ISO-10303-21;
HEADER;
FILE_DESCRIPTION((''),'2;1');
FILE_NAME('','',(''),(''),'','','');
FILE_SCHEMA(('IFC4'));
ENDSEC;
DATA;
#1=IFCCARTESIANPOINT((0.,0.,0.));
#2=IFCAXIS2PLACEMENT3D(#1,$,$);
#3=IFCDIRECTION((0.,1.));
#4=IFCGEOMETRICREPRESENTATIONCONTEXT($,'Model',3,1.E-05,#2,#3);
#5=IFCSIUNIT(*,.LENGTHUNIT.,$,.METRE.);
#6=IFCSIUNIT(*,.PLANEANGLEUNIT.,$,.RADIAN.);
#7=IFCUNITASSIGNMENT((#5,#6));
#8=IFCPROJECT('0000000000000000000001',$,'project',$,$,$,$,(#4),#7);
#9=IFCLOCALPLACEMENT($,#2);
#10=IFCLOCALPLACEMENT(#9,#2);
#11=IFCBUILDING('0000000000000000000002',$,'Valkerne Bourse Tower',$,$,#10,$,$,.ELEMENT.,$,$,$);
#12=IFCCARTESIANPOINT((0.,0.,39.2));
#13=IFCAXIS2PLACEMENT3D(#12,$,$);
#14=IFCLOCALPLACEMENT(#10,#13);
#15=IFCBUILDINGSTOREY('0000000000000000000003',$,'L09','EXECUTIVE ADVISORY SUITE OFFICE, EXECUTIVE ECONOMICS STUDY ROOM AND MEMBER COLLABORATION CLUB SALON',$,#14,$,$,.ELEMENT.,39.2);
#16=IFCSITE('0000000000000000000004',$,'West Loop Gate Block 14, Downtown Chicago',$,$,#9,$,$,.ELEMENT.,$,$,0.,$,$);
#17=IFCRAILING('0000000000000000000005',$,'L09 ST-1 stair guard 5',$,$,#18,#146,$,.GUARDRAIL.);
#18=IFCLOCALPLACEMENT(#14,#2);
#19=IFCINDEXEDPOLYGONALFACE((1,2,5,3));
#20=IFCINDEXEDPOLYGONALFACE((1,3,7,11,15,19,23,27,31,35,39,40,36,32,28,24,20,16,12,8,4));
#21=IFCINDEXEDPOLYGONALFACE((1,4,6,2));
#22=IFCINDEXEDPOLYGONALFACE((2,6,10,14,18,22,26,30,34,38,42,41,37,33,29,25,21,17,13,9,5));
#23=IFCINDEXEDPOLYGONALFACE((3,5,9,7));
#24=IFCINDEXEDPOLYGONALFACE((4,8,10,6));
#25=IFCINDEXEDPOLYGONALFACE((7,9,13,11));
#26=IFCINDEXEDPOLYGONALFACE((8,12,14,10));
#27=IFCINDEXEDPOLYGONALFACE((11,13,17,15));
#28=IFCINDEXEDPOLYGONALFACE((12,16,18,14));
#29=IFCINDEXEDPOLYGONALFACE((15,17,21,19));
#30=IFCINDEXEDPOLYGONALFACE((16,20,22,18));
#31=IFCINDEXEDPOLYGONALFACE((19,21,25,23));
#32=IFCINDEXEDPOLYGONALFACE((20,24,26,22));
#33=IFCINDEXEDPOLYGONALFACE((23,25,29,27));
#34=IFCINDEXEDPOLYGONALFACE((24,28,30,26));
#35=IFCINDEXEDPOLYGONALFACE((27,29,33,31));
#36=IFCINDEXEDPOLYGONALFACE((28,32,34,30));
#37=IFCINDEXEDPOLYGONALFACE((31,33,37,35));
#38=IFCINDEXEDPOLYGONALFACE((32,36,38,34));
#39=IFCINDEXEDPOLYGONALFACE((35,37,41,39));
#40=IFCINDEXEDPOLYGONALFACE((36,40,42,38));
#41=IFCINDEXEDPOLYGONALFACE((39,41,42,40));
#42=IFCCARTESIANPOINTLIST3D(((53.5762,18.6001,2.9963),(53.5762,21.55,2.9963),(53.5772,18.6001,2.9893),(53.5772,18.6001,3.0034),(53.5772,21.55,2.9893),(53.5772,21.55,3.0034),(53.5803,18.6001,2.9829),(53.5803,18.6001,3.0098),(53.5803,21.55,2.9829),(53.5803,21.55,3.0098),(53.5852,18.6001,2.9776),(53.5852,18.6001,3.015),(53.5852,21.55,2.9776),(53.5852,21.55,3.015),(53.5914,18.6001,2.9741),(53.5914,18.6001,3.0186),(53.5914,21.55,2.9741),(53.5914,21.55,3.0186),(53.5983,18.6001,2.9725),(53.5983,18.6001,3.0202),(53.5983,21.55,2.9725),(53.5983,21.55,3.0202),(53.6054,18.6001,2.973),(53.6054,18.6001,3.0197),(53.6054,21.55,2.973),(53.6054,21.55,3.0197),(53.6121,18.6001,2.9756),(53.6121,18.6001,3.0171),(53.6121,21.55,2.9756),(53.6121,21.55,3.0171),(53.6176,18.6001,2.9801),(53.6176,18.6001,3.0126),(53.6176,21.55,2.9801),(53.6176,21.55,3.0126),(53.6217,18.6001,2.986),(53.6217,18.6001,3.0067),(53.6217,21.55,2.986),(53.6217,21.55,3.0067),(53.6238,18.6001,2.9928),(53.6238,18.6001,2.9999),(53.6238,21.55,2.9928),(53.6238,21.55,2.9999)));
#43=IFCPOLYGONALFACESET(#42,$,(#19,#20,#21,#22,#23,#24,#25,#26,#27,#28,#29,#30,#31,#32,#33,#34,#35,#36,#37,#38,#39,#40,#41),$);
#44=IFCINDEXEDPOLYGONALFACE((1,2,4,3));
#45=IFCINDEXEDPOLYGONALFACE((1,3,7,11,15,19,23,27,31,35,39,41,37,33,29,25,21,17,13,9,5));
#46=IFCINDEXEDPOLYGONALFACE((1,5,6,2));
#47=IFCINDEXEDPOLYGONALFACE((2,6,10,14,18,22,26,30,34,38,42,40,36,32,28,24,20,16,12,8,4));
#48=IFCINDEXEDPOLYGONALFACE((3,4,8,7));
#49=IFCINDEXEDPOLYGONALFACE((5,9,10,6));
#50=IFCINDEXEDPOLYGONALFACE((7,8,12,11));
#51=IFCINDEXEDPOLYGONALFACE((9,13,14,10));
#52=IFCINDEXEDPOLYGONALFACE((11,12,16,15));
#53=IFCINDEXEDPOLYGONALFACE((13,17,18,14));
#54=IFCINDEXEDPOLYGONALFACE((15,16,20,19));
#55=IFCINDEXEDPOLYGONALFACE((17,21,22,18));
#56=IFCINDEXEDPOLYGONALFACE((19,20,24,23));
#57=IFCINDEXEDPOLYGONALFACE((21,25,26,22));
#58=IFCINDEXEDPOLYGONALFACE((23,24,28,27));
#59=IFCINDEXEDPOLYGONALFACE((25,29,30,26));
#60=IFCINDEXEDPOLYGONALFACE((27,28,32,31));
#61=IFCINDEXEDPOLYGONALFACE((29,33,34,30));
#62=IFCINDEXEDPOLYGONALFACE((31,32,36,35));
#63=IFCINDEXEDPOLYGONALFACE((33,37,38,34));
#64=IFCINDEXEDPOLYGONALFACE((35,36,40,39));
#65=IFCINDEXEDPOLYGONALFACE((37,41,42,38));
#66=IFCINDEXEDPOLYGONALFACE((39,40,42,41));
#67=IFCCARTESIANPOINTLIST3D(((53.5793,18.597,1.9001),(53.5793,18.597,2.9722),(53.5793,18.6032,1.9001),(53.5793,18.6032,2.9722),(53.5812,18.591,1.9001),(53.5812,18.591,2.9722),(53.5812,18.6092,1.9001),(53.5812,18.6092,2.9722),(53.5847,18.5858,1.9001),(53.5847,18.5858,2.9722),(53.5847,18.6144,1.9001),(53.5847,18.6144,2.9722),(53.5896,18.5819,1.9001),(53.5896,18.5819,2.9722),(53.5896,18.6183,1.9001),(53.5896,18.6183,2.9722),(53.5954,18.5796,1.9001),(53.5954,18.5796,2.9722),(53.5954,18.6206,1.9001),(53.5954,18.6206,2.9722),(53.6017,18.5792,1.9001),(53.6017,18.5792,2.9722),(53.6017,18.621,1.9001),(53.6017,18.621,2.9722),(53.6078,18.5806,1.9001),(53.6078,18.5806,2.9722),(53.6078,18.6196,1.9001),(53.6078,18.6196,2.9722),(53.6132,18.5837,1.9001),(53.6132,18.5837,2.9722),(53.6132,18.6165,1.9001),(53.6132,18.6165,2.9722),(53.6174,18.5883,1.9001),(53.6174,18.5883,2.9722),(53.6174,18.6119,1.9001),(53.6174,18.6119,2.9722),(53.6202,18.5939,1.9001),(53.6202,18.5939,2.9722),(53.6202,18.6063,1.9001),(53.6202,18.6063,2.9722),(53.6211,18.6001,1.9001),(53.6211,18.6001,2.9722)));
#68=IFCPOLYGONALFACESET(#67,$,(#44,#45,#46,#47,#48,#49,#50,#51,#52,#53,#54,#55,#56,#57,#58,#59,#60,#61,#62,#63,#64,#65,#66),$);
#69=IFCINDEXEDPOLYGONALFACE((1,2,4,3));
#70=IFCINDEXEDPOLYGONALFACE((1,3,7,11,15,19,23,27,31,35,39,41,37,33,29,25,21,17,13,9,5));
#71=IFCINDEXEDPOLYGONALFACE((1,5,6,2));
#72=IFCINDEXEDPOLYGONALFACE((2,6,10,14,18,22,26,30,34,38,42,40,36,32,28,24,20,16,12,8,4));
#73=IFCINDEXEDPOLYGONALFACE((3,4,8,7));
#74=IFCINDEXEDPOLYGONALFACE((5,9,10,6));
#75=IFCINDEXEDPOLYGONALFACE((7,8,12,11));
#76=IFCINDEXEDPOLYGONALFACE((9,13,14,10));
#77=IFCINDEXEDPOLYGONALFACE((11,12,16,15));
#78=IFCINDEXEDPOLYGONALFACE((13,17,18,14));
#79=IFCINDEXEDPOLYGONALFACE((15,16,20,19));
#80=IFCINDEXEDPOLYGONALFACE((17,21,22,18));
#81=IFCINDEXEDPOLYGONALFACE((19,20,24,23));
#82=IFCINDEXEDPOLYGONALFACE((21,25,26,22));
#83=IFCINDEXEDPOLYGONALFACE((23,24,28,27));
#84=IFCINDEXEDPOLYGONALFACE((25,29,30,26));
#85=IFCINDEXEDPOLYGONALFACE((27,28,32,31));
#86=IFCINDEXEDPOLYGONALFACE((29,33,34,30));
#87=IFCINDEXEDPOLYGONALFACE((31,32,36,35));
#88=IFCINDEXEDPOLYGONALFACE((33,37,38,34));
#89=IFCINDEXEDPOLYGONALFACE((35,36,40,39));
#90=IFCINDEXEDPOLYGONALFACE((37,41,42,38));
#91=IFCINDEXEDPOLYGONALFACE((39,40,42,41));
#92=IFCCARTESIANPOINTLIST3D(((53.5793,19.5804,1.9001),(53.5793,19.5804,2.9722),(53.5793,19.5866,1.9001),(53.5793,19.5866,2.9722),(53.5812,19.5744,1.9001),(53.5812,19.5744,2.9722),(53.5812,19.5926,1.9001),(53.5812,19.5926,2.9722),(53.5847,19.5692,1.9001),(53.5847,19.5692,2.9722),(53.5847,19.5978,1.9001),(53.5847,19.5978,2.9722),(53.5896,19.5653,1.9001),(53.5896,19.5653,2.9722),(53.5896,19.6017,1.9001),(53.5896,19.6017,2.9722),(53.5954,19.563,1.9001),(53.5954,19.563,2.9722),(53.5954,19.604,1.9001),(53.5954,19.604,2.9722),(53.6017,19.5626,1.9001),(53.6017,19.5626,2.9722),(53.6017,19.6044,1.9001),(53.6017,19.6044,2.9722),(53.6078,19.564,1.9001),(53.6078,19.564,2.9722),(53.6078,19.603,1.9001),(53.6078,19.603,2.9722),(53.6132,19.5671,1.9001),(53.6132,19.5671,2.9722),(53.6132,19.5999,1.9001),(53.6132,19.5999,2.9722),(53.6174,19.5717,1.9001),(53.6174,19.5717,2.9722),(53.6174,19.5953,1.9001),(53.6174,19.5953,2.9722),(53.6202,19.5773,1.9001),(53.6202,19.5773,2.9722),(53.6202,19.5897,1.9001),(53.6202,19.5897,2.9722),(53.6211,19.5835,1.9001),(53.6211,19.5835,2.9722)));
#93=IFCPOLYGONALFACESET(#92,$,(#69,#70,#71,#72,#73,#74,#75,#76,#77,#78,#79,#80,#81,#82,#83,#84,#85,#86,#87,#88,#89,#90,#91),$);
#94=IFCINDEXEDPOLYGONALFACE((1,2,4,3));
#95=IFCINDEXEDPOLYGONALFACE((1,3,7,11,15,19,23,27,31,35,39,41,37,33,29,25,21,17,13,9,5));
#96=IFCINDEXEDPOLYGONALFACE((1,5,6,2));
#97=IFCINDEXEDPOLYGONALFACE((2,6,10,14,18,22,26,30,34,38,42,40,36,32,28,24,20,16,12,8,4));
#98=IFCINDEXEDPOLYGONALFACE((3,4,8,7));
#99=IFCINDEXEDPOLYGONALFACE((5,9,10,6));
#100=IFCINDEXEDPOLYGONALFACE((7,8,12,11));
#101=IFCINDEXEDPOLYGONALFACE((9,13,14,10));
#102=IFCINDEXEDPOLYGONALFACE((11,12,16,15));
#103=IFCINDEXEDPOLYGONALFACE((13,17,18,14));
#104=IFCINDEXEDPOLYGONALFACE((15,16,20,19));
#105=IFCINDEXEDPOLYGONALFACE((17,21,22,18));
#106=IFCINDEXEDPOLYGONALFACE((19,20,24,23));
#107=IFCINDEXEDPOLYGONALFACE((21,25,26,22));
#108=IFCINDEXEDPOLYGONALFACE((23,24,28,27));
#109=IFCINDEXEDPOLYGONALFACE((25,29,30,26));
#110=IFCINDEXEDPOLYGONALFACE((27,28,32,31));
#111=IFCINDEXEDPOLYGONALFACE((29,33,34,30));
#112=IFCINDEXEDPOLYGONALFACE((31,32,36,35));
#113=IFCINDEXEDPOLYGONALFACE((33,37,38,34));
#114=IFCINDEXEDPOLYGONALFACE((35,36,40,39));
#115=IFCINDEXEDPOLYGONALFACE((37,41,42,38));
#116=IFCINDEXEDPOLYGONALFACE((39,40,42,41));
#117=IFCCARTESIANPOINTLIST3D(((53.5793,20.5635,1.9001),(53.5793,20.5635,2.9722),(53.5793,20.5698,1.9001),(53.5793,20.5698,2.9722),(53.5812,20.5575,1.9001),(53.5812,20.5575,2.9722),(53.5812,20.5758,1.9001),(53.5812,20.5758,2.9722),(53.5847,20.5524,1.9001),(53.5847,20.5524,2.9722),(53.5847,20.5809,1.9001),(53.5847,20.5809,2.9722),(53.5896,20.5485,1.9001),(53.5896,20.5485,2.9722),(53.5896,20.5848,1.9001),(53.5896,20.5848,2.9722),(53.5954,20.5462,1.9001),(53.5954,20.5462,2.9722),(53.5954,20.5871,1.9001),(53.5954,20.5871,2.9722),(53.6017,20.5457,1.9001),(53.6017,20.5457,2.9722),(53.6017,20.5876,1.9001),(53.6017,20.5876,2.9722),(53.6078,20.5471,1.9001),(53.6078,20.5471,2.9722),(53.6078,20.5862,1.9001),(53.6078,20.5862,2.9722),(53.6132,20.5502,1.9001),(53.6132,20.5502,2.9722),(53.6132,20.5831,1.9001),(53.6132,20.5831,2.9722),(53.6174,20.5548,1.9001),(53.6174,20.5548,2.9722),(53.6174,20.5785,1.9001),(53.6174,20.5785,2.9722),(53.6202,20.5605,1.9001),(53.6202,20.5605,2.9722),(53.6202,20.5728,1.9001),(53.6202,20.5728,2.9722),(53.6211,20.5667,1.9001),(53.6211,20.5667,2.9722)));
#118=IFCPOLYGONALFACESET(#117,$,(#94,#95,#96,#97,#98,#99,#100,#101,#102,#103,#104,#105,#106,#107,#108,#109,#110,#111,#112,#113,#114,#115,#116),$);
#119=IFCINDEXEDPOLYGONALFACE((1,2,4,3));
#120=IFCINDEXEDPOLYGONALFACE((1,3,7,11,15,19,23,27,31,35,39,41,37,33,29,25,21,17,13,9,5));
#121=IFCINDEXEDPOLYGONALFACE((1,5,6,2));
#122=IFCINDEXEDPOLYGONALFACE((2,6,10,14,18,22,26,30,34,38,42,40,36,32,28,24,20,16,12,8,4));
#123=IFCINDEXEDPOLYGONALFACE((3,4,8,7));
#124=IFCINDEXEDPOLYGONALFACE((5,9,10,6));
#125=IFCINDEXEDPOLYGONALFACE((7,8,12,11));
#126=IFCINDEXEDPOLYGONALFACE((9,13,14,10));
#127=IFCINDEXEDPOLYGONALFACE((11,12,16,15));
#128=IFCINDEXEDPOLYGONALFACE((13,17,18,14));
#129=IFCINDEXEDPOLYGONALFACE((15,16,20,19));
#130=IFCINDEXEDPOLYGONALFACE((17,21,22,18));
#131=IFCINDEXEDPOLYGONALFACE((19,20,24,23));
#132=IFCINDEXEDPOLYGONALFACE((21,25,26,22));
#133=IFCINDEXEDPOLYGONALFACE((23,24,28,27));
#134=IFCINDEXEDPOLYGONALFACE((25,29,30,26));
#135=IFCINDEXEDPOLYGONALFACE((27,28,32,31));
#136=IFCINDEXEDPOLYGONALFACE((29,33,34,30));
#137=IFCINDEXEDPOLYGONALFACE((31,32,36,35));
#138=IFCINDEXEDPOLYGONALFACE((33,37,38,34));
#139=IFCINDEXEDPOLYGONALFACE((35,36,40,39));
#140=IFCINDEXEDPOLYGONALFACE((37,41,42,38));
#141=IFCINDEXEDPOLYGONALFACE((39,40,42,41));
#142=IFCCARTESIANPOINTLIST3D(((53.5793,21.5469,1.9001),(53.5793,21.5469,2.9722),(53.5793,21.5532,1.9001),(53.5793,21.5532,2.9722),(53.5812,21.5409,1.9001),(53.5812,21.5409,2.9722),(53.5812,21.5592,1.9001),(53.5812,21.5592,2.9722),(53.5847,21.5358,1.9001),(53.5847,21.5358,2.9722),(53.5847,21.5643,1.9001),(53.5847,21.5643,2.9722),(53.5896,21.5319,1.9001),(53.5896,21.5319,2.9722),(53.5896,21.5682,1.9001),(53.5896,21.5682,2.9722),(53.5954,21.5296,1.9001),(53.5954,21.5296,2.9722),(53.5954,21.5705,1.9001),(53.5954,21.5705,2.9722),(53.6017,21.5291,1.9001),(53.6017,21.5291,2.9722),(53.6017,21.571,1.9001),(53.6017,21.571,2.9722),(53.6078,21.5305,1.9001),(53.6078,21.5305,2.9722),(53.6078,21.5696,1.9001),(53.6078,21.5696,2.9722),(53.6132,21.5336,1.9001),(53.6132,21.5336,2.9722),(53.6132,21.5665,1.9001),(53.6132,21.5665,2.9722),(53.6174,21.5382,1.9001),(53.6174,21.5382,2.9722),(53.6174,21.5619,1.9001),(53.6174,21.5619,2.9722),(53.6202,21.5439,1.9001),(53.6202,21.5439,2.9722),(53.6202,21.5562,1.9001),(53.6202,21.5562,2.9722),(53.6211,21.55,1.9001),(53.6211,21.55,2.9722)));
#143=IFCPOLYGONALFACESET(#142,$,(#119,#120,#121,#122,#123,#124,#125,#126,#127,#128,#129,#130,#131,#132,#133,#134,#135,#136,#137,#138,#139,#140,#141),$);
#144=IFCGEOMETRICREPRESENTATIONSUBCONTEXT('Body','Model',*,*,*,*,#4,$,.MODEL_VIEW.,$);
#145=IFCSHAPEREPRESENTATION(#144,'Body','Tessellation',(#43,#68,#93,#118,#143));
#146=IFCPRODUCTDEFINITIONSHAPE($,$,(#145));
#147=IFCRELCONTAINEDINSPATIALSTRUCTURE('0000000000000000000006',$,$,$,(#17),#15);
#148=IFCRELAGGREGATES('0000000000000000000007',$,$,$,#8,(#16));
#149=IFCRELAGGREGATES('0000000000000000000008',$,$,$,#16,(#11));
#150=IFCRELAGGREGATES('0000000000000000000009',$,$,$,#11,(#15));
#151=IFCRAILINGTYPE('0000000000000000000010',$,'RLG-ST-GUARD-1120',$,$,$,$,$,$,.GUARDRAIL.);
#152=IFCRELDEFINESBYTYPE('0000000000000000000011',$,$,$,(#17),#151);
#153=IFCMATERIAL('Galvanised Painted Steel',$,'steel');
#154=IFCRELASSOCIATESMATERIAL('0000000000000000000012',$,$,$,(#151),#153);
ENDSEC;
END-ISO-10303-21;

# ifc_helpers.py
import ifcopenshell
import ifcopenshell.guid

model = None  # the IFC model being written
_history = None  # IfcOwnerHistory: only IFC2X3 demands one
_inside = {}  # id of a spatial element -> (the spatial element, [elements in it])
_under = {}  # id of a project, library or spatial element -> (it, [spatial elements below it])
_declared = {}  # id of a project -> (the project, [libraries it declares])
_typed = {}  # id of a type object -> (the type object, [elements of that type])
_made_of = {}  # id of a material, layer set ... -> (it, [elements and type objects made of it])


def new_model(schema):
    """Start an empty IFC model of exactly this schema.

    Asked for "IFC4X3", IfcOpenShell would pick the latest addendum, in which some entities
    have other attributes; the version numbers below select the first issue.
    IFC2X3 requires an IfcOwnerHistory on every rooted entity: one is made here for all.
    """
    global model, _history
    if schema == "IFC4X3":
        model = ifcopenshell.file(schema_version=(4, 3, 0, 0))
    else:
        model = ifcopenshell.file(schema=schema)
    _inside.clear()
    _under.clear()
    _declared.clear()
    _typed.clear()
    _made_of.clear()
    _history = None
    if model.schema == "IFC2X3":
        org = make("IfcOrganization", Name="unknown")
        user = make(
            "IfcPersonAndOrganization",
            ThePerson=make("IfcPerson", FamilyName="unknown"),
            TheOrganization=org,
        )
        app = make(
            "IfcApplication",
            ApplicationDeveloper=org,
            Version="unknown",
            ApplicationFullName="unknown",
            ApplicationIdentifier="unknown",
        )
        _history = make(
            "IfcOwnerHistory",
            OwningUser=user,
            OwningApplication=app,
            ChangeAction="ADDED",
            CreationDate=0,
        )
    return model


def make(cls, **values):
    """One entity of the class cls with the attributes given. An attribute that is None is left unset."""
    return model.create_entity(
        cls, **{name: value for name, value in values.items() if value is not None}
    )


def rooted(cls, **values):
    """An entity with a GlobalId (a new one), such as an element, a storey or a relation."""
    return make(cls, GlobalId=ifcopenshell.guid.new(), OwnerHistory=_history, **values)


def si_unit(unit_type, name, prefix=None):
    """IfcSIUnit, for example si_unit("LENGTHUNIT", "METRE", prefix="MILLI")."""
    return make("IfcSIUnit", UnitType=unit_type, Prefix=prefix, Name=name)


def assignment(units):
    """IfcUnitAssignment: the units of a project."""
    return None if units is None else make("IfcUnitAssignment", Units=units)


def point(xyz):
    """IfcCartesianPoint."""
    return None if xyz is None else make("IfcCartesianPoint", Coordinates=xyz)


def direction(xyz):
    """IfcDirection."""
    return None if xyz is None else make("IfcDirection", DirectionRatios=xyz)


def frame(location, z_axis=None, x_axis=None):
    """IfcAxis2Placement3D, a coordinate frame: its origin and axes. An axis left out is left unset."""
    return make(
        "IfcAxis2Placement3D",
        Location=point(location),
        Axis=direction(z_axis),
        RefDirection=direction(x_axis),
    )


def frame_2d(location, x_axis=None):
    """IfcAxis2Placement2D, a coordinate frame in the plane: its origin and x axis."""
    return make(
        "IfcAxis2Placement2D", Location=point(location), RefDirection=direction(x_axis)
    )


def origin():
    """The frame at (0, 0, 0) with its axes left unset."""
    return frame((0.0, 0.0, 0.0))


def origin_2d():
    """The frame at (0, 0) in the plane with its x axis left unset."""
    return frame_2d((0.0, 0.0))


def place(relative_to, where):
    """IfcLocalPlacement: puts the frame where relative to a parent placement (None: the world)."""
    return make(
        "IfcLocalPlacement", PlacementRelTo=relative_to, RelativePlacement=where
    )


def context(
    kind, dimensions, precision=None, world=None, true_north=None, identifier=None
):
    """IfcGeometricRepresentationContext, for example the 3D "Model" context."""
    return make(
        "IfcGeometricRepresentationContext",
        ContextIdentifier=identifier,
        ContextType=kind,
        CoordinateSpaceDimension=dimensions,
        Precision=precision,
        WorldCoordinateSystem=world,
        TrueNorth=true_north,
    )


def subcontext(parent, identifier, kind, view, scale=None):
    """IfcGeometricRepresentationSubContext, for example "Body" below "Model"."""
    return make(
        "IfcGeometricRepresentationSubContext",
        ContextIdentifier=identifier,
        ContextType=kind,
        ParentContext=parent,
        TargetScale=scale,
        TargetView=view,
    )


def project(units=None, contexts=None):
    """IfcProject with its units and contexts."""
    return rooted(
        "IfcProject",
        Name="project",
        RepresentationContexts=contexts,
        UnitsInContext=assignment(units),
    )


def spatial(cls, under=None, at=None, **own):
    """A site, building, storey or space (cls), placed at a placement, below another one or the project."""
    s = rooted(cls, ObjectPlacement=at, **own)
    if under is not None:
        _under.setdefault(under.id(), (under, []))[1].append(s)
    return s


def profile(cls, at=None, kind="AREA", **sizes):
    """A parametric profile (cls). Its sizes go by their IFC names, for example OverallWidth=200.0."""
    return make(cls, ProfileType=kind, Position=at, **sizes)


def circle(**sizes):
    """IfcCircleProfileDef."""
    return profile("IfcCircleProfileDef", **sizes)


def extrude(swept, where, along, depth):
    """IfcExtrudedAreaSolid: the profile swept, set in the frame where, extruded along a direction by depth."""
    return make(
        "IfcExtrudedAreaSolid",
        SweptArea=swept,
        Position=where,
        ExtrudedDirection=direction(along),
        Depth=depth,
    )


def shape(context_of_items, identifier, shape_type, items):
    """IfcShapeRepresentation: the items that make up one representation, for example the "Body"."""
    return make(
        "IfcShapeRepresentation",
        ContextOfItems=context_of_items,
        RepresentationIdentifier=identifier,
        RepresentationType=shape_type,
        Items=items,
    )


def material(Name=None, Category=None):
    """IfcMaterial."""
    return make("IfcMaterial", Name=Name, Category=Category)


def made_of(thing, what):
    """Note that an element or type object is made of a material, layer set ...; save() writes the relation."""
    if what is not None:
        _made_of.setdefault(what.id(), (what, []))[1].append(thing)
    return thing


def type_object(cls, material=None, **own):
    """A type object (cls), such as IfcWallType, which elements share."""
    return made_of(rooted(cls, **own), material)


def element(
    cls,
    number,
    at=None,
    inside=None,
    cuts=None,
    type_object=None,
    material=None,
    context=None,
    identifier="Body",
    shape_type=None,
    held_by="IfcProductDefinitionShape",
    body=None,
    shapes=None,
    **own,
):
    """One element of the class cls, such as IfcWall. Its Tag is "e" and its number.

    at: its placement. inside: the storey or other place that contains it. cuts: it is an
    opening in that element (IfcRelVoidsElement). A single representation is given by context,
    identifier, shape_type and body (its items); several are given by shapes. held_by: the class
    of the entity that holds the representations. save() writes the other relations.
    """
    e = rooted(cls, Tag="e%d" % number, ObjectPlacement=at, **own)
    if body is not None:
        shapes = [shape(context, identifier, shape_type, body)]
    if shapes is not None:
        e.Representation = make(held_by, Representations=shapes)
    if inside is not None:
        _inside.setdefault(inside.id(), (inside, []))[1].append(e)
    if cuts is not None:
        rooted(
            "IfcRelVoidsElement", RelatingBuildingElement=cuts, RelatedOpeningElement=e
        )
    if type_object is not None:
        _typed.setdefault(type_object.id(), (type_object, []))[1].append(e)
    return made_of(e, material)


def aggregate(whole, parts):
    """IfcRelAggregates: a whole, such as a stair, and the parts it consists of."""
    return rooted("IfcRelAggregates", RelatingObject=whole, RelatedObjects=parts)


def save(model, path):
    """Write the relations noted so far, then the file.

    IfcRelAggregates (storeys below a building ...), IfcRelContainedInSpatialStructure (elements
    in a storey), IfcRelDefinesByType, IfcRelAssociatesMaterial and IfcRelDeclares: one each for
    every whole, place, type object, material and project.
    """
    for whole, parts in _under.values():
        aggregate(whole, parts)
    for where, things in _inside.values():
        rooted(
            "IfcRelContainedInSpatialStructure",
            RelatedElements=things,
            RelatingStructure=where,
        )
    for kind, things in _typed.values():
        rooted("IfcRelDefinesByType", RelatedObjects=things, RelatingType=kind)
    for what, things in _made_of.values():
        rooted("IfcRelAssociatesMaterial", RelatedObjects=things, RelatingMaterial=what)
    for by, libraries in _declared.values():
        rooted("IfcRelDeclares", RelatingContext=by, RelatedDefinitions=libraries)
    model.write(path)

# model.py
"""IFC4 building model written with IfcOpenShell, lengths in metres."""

from ifc_helpers import new_model, si_unit, direction, frame, origin, origin_2d, place, context, subcontext, project, spatial, circle, extrude, material, type_object, element, save


model = new_model("IFC4")

# Units and contexts
model_context = context("Model", 3, precision=1e-05, world=origin(), true_north=direction((0.0, 1.0)))
body_context = subcontext(model_context, "Body", "Model", "MODEL_VIEW")
ifc_project = project(units=[si_unit("LENGTHUNIT", "METRE"), si_unit("PLANEANGLEUNIT", "RADIAN")], contexts=[model_context])

# Site, building, storey
site_placement = place(None, origin())
site = spatial("IfcSite", under=ifc_project, at=site_placement, Name="West Loop Gate Block 14, Downtown Chicago", CompositionType="ELEMENT", RefElevation=0.0)
building_placement = place(site_placement, origin())
building = spatial("IfcBuilding", under=site, at=building_placement, Name="Valkerne Bourse Tower", CompositionType="ELEMENT")
storey_placement = place(building_placement, frame((0.0, 0.0, 39.2)))
storey = spatial("IfcBuildingStorey", under=building, at=storey_placement, Name="L09", Description="EXECUTIVE ADVISORY SUITE OFFICE, EXECUTIVE ECONOMICS STUDY ROOM AND MEMBER COLLABORATION CLUB SALON", CompositionType="ELEMENT", Elevation=39.2)

# Shared definitions
ifc_material_1 = material(Name="Galvanised Painted Steel", Category="steel")

# Railing
railing_type_1 = type_object("IfcRailingType", Name="RLG-ST-GUARD-1120", PredefinedType="GUARDRAIL", material=ifc_material_1)
railing_1_placement = place(storey_placement, frame((53.6001, 18.6001, 1.9001)))
element("IfcRailing", 1, at=railing_1_placement, inside=storey, type_object=railing_type_1, Name="L09 ST-1 stair guard 5", PredefinedType="GUARDRAIL", context=body_context, shape_type="SweptSolid", body=[
    extrude(circle(Radius=0.0239, at=origin_2d()), frame((0.0, 0.0, 1.0962), z_axis=(0.0, 1.0, 0.0), x_axis=(-1.0, 0.0, 0.0)), (0.0, 0.0, 1.0), 2.95),
    extrude(circle(Radius=0.021, at=origin_2d()), origin(), (0.0, 0.0, 1.0), 1.072),
    extrude(circle(Radius=0.021, at=origin_2d()), frame((0.0, 0.9834, 0.0)), (0.0, 0.0, 1.0), 1.072),
    extrude(circle(Radius=0.021, at=origin_2d()), frame((0.0, 1.9666, 0.0)), (0.0, 0.0, 1.0), 1.072),
    extrude(circle(Radius=0.021, at=origin_2d()), frame((0.0, 2.95, 0.0)), (0.0, 0.0, 1.0), 1.072),
])

save(model, "model.ifc")
